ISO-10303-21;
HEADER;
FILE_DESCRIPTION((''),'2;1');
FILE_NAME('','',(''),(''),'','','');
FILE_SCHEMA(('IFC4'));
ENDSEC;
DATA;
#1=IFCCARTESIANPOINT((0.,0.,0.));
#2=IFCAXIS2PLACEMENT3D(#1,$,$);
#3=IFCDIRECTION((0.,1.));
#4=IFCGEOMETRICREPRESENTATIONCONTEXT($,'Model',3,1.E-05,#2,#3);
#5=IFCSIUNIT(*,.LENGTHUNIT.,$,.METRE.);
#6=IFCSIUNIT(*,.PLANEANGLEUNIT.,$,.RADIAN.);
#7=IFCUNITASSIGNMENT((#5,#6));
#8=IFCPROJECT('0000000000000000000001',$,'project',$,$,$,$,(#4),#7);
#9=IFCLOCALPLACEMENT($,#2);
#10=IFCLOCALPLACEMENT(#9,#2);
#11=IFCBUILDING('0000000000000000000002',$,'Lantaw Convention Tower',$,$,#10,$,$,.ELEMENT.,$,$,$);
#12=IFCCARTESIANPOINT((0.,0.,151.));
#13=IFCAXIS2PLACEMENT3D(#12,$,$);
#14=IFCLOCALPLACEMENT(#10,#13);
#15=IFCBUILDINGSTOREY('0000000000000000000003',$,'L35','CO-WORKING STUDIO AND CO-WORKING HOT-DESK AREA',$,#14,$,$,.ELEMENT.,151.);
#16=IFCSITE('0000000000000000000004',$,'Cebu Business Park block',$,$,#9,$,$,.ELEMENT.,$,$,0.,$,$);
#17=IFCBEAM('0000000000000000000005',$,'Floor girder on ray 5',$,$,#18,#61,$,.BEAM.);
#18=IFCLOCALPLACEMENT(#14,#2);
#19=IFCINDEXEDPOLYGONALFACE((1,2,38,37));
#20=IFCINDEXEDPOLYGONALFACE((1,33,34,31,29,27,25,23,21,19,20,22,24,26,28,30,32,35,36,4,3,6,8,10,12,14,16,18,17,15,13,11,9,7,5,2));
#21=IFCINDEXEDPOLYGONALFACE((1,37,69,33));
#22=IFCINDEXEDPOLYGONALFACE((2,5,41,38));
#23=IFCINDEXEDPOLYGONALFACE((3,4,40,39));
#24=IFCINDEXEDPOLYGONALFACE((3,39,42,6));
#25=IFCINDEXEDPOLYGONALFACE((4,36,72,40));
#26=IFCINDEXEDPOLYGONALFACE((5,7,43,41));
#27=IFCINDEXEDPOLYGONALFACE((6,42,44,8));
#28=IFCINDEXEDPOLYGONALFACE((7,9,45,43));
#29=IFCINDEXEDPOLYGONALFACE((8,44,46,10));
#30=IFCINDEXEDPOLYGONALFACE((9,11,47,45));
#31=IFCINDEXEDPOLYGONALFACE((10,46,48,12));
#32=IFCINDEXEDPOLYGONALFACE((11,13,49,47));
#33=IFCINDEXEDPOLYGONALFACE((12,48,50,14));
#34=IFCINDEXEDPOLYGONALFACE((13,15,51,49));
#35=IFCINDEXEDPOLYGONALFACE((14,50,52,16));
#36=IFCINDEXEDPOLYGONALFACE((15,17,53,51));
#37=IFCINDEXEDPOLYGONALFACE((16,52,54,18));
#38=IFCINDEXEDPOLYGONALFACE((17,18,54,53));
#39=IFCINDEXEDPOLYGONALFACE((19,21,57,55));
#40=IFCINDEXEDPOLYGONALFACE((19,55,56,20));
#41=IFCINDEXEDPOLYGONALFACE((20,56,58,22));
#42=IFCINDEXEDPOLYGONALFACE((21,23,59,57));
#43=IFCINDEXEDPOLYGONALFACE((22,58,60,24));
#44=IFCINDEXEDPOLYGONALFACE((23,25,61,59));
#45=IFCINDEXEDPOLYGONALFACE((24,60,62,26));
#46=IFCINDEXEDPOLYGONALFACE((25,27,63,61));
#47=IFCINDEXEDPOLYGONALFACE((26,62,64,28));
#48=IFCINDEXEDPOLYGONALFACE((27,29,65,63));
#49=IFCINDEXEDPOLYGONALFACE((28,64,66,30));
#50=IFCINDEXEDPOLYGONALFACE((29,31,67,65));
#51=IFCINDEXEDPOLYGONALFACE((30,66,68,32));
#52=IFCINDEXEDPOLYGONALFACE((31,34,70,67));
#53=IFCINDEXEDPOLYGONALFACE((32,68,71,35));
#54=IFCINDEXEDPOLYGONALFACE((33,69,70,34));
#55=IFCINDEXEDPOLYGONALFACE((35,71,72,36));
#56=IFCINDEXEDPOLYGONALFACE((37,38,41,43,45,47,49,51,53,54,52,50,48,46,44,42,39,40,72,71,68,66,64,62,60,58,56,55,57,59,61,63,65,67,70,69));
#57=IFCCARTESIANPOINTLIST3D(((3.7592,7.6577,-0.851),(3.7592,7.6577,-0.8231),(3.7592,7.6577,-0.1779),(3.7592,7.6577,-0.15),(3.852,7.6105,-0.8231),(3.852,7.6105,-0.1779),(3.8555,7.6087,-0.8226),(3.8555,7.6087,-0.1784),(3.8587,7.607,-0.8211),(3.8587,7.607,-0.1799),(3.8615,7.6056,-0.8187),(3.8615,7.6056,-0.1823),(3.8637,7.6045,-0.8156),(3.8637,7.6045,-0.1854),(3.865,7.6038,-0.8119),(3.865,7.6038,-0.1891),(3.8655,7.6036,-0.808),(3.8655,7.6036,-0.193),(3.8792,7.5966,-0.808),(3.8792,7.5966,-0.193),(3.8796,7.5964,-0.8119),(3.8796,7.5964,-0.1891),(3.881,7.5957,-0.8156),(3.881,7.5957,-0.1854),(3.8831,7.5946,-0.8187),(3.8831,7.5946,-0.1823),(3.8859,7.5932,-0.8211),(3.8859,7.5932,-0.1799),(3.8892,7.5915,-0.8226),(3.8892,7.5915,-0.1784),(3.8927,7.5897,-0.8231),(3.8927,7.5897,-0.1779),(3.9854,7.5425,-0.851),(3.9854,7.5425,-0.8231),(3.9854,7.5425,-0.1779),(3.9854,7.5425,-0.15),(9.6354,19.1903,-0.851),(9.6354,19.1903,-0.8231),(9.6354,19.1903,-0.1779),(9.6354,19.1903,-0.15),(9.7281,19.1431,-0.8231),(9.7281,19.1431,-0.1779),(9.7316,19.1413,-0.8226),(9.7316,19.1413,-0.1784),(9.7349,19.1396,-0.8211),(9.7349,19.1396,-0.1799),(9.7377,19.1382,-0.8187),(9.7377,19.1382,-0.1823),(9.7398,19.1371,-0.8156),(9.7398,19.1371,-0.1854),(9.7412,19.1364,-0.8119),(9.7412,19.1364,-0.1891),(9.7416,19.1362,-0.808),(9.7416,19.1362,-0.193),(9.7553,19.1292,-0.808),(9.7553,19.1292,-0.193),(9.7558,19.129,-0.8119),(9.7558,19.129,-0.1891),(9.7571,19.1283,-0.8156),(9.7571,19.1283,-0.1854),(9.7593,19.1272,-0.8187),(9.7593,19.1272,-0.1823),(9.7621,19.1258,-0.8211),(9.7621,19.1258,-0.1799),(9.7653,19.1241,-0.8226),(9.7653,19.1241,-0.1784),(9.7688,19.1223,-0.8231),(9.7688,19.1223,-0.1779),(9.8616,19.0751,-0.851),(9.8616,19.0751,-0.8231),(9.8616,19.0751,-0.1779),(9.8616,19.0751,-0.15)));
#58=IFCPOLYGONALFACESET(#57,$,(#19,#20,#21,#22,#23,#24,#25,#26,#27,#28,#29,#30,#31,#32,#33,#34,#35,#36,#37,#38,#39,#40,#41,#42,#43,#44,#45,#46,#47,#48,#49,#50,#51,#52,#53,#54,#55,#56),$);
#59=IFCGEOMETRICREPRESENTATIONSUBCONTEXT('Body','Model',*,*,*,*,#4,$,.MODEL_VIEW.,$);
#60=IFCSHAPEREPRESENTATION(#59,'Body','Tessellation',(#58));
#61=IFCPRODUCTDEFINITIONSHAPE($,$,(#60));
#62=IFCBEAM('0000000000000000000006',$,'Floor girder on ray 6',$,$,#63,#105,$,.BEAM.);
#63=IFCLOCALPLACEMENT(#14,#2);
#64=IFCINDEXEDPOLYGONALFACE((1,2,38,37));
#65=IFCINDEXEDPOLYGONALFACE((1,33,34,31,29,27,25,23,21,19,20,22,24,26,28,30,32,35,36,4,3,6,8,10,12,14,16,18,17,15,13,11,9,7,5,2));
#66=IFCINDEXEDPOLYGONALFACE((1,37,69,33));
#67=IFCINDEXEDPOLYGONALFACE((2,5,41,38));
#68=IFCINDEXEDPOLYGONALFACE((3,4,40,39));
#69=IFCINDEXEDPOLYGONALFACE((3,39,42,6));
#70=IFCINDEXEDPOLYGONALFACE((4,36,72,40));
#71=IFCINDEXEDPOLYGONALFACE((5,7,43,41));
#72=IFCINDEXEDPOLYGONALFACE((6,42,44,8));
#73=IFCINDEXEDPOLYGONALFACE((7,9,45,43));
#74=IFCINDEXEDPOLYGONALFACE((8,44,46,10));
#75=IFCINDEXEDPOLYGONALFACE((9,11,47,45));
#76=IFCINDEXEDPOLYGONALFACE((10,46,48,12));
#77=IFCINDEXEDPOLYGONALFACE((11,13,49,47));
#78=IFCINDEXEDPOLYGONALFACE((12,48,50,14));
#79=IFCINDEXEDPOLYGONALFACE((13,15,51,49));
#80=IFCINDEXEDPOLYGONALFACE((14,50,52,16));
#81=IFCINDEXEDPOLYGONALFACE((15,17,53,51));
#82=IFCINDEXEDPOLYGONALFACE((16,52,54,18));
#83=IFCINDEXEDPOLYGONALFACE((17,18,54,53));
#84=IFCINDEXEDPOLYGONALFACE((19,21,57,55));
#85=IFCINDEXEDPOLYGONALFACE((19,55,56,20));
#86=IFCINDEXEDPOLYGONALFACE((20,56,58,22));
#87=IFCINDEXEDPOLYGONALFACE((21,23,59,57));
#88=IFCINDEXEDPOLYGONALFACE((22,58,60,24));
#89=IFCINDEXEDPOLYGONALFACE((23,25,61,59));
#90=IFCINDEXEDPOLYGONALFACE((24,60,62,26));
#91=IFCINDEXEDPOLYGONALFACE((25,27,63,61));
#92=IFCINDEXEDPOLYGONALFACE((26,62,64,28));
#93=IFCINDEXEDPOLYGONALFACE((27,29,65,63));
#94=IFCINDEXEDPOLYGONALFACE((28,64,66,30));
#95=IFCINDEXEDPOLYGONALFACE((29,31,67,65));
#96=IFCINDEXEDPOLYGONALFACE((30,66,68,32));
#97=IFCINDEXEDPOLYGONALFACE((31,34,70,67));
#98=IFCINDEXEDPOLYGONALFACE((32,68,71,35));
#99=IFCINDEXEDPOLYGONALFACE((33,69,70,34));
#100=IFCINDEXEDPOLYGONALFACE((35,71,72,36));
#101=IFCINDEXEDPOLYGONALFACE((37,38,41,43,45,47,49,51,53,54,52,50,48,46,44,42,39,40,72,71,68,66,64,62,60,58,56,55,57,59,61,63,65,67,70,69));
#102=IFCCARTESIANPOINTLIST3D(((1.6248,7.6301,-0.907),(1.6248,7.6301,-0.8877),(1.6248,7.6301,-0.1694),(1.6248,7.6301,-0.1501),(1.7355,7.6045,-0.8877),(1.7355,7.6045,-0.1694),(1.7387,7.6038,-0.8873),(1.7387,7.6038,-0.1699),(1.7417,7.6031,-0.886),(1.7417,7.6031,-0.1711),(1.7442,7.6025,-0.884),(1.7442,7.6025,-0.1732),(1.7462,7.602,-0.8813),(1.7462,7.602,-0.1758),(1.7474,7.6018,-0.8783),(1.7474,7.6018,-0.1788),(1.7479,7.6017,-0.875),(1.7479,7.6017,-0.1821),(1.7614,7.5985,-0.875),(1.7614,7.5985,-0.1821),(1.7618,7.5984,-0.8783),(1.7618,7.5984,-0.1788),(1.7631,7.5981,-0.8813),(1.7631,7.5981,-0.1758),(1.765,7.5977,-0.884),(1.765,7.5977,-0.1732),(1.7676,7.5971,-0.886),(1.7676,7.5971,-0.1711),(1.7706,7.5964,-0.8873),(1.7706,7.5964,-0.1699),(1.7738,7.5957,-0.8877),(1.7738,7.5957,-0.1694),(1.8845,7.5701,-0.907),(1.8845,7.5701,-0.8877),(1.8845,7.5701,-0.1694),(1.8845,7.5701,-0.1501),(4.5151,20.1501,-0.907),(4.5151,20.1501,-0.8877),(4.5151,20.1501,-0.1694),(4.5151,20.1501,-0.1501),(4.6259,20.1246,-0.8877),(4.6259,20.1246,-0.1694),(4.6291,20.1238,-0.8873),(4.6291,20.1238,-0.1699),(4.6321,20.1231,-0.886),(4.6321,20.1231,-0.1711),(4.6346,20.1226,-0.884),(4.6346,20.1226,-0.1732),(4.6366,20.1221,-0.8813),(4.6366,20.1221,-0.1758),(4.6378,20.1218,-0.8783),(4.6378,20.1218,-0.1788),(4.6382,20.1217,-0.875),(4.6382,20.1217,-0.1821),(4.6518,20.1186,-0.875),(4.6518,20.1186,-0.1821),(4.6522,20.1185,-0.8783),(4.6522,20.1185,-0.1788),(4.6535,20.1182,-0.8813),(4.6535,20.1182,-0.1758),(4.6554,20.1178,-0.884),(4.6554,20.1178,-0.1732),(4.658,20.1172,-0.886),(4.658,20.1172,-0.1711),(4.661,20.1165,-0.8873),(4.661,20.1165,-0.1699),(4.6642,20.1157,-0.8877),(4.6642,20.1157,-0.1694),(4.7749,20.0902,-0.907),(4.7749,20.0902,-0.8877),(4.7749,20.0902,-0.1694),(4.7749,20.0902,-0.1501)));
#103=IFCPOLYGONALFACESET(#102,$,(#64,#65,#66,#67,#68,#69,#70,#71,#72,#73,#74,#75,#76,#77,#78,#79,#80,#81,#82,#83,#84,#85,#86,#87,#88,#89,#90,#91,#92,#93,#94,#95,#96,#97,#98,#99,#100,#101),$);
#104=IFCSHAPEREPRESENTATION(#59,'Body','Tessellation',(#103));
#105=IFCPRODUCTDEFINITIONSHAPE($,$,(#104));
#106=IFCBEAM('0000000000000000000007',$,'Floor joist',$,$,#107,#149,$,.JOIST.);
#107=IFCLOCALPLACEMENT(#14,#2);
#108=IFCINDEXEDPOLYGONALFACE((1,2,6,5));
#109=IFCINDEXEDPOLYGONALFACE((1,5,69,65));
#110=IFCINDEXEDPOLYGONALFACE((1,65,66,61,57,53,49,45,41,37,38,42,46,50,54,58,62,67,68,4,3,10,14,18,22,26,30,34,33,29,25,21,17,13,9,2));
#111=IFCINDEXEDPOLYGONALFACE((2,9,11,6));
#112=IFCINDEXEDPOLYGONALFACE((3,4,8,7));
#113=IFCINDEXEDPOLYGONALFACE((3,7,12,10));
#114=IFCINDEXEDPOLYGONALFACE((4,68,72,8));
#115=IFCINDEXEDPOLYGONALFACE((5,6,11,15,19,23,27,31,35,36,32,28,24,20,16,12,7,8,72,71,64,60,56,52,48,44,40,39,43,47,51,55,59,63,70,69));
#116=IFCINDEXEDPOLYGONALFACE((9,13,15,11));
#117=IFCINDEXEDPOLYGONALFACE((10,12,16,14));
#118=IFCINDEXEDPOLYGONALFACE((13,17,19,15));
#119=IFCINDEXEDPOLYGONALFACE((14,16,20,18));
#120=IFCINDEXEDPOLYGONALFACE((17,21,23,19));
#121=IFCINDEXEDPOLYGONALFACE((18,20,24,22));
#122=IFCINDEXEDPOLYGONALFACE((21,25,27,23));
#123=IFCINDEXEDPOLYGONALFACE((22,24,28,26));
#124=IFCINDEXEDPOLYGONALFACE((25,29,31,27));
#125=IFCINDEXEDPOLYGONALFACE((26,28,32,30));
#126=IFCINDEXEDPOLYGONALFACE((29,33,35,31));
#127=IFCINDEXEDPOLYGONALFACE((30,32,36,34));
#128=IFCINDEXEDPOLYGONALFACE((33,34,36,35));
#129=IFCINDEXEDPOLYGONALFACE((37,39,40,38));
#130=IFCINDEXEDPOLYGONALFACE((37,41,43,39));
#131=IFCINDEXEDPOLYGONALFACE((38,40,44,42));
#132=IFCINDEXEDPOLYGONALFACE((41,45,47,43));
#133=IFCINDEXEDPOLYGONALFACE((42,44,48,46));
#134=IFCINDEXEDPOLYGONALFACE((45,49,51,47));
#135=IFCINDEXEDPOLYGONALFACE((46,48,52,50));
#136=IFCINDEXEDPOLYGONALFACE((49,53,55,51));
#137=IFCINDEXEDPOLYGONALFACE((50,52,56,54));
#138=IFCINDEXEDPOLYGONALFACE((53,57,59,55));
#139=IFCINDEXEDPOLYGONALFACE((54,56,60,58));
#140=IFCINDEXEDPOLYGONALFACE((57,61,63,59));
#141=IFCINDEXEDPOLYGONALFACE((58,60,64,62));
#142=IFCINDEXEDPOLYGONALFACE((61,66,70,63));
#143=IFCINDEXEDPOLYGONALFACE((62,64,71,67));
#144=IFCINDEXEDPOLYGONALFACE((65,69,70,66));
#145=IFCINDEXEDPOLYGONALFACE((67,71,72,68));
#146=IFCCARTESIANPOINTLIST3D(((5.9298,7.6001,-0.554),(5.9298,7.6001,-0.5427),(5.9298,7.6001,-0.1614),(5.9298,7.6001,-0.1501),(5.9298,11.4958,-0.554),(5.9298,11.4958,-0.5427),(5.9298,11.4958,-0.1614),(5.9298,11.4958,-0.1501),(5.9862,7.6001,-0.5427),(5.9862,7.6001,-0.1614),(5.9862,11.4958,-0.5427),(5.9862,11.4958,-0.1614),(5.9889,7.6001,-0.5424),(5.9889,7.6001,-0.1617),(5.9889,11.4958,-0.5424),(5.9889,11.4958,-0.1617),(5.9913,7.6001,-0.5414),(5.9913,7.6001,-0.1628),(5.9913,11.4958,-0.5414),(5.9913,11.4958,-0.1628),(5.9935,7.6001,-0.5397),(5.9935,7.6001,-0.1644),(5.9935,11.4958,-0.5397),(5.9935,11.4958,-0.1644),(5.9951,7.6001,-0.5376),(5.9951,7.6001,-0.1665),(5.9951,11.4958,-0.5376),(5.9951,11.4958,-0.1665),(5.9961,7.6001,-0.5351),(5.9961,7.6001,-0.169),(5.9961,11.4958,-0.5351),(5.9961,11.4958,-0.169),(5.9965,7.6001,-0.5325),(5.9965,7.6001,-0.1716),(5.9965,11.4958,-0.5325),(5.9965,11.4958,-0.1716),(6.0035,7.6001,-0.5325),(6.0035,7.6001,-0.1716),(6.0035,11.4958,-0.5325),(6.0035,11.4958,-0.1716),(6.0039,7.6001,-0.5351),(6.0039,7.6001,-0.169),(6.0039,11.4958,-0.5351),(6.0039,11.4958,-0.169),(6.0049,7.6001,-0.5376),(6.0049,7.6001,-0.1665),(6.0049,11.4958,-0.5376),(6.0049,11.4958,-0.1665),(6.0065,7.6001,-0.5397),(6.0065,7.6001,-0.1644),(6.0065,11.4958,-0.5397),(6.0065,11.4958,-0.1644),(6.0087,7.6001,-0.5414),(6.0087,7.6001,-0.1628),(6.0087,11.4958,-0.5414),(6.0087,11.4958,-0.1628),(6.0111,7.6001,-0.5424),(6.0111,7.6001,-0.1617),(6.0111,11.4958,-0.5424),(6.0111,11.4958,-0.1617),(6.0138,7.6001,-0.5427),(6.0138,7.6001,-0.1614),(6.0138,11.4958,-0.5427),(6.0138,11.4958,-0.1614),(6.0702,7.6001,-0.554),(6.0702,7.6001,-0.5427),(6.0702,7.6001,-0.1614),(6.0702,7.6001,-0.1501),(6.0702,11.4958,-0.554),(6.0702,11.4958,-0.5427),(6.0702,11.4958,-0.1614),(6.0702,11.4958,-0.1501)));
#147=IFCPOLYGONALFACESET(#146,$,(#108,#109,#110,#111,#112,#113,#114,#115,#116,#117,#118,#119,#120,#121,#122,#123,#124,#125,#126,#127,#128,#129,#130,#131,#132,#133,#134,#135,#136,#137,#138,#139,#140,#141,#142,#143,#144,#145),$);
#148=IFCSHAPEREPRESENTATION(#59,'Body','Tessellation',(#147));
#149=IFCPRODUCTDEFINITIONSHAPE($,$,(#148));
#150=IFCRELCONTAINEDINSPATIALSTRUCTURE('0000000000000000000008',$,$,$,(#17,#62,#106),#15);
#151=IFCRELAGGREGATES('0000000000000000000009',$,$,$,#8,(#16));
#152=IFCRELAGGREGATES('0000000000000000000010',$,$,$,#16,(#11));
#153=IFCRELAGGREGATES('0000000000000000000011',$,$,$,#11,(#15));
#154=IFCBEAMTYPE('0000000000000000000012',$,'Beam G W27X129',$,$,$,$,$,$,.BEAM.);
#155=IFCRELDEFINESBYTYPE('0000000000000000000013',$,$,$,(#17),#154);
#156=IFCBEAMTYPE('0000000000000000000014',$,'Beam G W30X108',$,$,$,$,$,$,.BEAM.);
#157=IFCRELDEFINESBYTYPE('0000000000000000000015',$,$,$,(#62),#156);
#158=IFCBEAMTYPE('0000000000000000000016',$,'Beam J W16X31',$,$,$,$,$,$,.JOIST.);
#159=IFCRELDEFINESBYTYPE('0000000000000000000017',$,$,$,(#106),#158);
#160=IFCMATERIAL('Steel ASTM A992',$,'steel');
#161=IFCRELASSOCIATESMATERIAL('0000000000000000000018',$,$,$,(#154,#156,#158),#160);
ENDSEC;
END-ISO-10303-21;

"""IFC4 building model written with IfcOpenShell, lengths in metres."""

from ifc_helpers import new_model, si_unit, direction, frame, origin, origin_2d, place, context, subcontext, project, spatial, i_section, extrude, material, material_profile, profile_set, type_object, element, save


model = new_model("IFC4")

# Units and contexts
model_context = context("Model", 3, precision=1e-05, world=origin(), true_north=direction((0.0, 1.0)))
body_context = subcontext(model_context, "Body", "Model", "MODEL_VIEW")
ifc_project = project(units=[si_unit("LENGTHUNIT", "METRE"), si_unit("PLANEANGLEUNIT", "RADIAN")], contexts=[model_context])

# Site, building, storey
site_placement = place(None, origin())
site = spatial("IfcSite", under=ifc_project, at=site_placement, Name="Cebu Business Park block", CompositionType="ELEMENT", RefElevation=0.0)
building_placement = place(site_placement, origin())
building = spatial("IfcBuilding", under=site, at=building_placement, Name="Lantaw Convention Tower", CompositionType="ELEMENT")
storey_placement = place(building_placement, frame((0.0, 0.0, 151.0)))
storey = spatial("IfcBuildingStorey", under=building, at=storey_placement, Name="L35", Description="CO-WORKING STUDIO AND CO-WORKING HOT-DESK AREA", CompositionType="ELEMENT", Elevation=151.0)

# Beams
ifc_material_1 = material(Name="Steel ASTM A992", Category="steel")
ifc_material_profile_1 = material_profile(ifc_material_1, i_section(OverallWidth=0.2539, OverallDepth=0.7009, WebThickness=0.0154, FlangeThickness=0.0278, FilletRadius=0.0151, at=origin_2d()), Name="W27X129")
ifc_profile_set_1 = profile_set([ifc_material_profile_1], Name="Steel ASTM A992")
beam_type_1 = type_object("IfcBeamType", Name="Beam G W27X129", PredefinedType="BEAM", material=ifc_profile_set_1)
beam_1_placement = place(storey_placement, frame((3.8723, 7.6001, -0.5005), z_axis=(0.453991, 0.891006, 0.0), x_axis=(-0.891006, 0.453991, 0.0)))
element("IfcBeam", 1, at=beam_1_placement, inside=storey, type_object=beam_type_1, Name="Floor girder on ray 5", PredefinedType="BEAM", context=body_context, shape_type="SweptSolid", body=[
    extrude(i_section(OverallWidth=0.2539, OverallDepth=0.7009, WebThickness=0.0154, FlangeThickness=0.0278, FilletRadius=0.0151, at=origin_2d()), origin(), (0.0, 0.0, 1.0), 12.9434),
])
ifc_material_profile_2 = material_profile(ifc_material_1, i_section(OverallWidth=0.2666, OverallDepth=0.7568, WebThickness=0.0139, FlangeThickness=0.0193, FilletRadius=0.0127, at=origin_2d()), Name="W30X108")
ifc_profile_set_2 = profile_set([ifc_material_profile_2], Name="Steel ASTM A992")
beam_type_2 = type_object("IfcBeamType", Name="Beam G W30X108", PredefinedType="BEAM", material=ifc_profile_set_2)
beam_2_placement = place(storey_placement, frame((1.7546, 7.6001, -0.5286), z_axis=(0.224944, 0.974372, 0.0), x_axis=(-0.974372, 0.224944, 0.0)))
element("IfcBeam", 2, at=beam_2_placement, inside=storey, type_object=beam_type_2, Name="Floor girder on ray 6", PredefinedType="BEAM", context=body_context, shape_type="SweptSolid", body=[
    extrude(i_section(OverallWidth=0.2666, OverallDepth=0.7568, WebThickness=0.0139, FlangeThickness=0.0193, FilletRadius=0.0127, at=origin_2d()), origin(), (0.0, 0.0, 1.0), 12.8494),
])
ifc_material_profile_3 = material_profile(ifc_material_1, i_section(OverallWidth=0.1404, OverallDepth=0.4038, WebThickness=0.0071, FlangeThickness=0.0112, FilletRadius=0.0103, at=origin_2d()), Name="W16X31")
ifc_profile_set_3 = profile_set([ifc_material_profile_3], Name="Steel ASTM A992")
beam_type_3 = type_object("IfcBeamType", Name="Beam J W16X31", PredefinedType="JOIST", material=ifc_profile_set_3)
beam_3_placement = place(storey_placement, frame((6.0, 7.6001, -0.3521), z_axis=(0.0, 1.0, 0.0), x_axis=(-1.0, 0.0, 0.0)))
element("IfcBeam", 3, at=beam_3_placement, inside=storey, type_object=beam_type_3, Name="Floor joist", PredefinedType="JOIST", context=body_context, shape_type="SweptSolid", body=[
    extrude(i_section(OverallWidth=0.1404, OverallDepth=0.4038, WebThickness=0.0071, FlangeThickness=0.0112, FilletRadius=0.0103, at=origin_2d()), origin(), (0.0, 0.0, 1.0), 3.8958),
])

save(model, "model.ifc")
